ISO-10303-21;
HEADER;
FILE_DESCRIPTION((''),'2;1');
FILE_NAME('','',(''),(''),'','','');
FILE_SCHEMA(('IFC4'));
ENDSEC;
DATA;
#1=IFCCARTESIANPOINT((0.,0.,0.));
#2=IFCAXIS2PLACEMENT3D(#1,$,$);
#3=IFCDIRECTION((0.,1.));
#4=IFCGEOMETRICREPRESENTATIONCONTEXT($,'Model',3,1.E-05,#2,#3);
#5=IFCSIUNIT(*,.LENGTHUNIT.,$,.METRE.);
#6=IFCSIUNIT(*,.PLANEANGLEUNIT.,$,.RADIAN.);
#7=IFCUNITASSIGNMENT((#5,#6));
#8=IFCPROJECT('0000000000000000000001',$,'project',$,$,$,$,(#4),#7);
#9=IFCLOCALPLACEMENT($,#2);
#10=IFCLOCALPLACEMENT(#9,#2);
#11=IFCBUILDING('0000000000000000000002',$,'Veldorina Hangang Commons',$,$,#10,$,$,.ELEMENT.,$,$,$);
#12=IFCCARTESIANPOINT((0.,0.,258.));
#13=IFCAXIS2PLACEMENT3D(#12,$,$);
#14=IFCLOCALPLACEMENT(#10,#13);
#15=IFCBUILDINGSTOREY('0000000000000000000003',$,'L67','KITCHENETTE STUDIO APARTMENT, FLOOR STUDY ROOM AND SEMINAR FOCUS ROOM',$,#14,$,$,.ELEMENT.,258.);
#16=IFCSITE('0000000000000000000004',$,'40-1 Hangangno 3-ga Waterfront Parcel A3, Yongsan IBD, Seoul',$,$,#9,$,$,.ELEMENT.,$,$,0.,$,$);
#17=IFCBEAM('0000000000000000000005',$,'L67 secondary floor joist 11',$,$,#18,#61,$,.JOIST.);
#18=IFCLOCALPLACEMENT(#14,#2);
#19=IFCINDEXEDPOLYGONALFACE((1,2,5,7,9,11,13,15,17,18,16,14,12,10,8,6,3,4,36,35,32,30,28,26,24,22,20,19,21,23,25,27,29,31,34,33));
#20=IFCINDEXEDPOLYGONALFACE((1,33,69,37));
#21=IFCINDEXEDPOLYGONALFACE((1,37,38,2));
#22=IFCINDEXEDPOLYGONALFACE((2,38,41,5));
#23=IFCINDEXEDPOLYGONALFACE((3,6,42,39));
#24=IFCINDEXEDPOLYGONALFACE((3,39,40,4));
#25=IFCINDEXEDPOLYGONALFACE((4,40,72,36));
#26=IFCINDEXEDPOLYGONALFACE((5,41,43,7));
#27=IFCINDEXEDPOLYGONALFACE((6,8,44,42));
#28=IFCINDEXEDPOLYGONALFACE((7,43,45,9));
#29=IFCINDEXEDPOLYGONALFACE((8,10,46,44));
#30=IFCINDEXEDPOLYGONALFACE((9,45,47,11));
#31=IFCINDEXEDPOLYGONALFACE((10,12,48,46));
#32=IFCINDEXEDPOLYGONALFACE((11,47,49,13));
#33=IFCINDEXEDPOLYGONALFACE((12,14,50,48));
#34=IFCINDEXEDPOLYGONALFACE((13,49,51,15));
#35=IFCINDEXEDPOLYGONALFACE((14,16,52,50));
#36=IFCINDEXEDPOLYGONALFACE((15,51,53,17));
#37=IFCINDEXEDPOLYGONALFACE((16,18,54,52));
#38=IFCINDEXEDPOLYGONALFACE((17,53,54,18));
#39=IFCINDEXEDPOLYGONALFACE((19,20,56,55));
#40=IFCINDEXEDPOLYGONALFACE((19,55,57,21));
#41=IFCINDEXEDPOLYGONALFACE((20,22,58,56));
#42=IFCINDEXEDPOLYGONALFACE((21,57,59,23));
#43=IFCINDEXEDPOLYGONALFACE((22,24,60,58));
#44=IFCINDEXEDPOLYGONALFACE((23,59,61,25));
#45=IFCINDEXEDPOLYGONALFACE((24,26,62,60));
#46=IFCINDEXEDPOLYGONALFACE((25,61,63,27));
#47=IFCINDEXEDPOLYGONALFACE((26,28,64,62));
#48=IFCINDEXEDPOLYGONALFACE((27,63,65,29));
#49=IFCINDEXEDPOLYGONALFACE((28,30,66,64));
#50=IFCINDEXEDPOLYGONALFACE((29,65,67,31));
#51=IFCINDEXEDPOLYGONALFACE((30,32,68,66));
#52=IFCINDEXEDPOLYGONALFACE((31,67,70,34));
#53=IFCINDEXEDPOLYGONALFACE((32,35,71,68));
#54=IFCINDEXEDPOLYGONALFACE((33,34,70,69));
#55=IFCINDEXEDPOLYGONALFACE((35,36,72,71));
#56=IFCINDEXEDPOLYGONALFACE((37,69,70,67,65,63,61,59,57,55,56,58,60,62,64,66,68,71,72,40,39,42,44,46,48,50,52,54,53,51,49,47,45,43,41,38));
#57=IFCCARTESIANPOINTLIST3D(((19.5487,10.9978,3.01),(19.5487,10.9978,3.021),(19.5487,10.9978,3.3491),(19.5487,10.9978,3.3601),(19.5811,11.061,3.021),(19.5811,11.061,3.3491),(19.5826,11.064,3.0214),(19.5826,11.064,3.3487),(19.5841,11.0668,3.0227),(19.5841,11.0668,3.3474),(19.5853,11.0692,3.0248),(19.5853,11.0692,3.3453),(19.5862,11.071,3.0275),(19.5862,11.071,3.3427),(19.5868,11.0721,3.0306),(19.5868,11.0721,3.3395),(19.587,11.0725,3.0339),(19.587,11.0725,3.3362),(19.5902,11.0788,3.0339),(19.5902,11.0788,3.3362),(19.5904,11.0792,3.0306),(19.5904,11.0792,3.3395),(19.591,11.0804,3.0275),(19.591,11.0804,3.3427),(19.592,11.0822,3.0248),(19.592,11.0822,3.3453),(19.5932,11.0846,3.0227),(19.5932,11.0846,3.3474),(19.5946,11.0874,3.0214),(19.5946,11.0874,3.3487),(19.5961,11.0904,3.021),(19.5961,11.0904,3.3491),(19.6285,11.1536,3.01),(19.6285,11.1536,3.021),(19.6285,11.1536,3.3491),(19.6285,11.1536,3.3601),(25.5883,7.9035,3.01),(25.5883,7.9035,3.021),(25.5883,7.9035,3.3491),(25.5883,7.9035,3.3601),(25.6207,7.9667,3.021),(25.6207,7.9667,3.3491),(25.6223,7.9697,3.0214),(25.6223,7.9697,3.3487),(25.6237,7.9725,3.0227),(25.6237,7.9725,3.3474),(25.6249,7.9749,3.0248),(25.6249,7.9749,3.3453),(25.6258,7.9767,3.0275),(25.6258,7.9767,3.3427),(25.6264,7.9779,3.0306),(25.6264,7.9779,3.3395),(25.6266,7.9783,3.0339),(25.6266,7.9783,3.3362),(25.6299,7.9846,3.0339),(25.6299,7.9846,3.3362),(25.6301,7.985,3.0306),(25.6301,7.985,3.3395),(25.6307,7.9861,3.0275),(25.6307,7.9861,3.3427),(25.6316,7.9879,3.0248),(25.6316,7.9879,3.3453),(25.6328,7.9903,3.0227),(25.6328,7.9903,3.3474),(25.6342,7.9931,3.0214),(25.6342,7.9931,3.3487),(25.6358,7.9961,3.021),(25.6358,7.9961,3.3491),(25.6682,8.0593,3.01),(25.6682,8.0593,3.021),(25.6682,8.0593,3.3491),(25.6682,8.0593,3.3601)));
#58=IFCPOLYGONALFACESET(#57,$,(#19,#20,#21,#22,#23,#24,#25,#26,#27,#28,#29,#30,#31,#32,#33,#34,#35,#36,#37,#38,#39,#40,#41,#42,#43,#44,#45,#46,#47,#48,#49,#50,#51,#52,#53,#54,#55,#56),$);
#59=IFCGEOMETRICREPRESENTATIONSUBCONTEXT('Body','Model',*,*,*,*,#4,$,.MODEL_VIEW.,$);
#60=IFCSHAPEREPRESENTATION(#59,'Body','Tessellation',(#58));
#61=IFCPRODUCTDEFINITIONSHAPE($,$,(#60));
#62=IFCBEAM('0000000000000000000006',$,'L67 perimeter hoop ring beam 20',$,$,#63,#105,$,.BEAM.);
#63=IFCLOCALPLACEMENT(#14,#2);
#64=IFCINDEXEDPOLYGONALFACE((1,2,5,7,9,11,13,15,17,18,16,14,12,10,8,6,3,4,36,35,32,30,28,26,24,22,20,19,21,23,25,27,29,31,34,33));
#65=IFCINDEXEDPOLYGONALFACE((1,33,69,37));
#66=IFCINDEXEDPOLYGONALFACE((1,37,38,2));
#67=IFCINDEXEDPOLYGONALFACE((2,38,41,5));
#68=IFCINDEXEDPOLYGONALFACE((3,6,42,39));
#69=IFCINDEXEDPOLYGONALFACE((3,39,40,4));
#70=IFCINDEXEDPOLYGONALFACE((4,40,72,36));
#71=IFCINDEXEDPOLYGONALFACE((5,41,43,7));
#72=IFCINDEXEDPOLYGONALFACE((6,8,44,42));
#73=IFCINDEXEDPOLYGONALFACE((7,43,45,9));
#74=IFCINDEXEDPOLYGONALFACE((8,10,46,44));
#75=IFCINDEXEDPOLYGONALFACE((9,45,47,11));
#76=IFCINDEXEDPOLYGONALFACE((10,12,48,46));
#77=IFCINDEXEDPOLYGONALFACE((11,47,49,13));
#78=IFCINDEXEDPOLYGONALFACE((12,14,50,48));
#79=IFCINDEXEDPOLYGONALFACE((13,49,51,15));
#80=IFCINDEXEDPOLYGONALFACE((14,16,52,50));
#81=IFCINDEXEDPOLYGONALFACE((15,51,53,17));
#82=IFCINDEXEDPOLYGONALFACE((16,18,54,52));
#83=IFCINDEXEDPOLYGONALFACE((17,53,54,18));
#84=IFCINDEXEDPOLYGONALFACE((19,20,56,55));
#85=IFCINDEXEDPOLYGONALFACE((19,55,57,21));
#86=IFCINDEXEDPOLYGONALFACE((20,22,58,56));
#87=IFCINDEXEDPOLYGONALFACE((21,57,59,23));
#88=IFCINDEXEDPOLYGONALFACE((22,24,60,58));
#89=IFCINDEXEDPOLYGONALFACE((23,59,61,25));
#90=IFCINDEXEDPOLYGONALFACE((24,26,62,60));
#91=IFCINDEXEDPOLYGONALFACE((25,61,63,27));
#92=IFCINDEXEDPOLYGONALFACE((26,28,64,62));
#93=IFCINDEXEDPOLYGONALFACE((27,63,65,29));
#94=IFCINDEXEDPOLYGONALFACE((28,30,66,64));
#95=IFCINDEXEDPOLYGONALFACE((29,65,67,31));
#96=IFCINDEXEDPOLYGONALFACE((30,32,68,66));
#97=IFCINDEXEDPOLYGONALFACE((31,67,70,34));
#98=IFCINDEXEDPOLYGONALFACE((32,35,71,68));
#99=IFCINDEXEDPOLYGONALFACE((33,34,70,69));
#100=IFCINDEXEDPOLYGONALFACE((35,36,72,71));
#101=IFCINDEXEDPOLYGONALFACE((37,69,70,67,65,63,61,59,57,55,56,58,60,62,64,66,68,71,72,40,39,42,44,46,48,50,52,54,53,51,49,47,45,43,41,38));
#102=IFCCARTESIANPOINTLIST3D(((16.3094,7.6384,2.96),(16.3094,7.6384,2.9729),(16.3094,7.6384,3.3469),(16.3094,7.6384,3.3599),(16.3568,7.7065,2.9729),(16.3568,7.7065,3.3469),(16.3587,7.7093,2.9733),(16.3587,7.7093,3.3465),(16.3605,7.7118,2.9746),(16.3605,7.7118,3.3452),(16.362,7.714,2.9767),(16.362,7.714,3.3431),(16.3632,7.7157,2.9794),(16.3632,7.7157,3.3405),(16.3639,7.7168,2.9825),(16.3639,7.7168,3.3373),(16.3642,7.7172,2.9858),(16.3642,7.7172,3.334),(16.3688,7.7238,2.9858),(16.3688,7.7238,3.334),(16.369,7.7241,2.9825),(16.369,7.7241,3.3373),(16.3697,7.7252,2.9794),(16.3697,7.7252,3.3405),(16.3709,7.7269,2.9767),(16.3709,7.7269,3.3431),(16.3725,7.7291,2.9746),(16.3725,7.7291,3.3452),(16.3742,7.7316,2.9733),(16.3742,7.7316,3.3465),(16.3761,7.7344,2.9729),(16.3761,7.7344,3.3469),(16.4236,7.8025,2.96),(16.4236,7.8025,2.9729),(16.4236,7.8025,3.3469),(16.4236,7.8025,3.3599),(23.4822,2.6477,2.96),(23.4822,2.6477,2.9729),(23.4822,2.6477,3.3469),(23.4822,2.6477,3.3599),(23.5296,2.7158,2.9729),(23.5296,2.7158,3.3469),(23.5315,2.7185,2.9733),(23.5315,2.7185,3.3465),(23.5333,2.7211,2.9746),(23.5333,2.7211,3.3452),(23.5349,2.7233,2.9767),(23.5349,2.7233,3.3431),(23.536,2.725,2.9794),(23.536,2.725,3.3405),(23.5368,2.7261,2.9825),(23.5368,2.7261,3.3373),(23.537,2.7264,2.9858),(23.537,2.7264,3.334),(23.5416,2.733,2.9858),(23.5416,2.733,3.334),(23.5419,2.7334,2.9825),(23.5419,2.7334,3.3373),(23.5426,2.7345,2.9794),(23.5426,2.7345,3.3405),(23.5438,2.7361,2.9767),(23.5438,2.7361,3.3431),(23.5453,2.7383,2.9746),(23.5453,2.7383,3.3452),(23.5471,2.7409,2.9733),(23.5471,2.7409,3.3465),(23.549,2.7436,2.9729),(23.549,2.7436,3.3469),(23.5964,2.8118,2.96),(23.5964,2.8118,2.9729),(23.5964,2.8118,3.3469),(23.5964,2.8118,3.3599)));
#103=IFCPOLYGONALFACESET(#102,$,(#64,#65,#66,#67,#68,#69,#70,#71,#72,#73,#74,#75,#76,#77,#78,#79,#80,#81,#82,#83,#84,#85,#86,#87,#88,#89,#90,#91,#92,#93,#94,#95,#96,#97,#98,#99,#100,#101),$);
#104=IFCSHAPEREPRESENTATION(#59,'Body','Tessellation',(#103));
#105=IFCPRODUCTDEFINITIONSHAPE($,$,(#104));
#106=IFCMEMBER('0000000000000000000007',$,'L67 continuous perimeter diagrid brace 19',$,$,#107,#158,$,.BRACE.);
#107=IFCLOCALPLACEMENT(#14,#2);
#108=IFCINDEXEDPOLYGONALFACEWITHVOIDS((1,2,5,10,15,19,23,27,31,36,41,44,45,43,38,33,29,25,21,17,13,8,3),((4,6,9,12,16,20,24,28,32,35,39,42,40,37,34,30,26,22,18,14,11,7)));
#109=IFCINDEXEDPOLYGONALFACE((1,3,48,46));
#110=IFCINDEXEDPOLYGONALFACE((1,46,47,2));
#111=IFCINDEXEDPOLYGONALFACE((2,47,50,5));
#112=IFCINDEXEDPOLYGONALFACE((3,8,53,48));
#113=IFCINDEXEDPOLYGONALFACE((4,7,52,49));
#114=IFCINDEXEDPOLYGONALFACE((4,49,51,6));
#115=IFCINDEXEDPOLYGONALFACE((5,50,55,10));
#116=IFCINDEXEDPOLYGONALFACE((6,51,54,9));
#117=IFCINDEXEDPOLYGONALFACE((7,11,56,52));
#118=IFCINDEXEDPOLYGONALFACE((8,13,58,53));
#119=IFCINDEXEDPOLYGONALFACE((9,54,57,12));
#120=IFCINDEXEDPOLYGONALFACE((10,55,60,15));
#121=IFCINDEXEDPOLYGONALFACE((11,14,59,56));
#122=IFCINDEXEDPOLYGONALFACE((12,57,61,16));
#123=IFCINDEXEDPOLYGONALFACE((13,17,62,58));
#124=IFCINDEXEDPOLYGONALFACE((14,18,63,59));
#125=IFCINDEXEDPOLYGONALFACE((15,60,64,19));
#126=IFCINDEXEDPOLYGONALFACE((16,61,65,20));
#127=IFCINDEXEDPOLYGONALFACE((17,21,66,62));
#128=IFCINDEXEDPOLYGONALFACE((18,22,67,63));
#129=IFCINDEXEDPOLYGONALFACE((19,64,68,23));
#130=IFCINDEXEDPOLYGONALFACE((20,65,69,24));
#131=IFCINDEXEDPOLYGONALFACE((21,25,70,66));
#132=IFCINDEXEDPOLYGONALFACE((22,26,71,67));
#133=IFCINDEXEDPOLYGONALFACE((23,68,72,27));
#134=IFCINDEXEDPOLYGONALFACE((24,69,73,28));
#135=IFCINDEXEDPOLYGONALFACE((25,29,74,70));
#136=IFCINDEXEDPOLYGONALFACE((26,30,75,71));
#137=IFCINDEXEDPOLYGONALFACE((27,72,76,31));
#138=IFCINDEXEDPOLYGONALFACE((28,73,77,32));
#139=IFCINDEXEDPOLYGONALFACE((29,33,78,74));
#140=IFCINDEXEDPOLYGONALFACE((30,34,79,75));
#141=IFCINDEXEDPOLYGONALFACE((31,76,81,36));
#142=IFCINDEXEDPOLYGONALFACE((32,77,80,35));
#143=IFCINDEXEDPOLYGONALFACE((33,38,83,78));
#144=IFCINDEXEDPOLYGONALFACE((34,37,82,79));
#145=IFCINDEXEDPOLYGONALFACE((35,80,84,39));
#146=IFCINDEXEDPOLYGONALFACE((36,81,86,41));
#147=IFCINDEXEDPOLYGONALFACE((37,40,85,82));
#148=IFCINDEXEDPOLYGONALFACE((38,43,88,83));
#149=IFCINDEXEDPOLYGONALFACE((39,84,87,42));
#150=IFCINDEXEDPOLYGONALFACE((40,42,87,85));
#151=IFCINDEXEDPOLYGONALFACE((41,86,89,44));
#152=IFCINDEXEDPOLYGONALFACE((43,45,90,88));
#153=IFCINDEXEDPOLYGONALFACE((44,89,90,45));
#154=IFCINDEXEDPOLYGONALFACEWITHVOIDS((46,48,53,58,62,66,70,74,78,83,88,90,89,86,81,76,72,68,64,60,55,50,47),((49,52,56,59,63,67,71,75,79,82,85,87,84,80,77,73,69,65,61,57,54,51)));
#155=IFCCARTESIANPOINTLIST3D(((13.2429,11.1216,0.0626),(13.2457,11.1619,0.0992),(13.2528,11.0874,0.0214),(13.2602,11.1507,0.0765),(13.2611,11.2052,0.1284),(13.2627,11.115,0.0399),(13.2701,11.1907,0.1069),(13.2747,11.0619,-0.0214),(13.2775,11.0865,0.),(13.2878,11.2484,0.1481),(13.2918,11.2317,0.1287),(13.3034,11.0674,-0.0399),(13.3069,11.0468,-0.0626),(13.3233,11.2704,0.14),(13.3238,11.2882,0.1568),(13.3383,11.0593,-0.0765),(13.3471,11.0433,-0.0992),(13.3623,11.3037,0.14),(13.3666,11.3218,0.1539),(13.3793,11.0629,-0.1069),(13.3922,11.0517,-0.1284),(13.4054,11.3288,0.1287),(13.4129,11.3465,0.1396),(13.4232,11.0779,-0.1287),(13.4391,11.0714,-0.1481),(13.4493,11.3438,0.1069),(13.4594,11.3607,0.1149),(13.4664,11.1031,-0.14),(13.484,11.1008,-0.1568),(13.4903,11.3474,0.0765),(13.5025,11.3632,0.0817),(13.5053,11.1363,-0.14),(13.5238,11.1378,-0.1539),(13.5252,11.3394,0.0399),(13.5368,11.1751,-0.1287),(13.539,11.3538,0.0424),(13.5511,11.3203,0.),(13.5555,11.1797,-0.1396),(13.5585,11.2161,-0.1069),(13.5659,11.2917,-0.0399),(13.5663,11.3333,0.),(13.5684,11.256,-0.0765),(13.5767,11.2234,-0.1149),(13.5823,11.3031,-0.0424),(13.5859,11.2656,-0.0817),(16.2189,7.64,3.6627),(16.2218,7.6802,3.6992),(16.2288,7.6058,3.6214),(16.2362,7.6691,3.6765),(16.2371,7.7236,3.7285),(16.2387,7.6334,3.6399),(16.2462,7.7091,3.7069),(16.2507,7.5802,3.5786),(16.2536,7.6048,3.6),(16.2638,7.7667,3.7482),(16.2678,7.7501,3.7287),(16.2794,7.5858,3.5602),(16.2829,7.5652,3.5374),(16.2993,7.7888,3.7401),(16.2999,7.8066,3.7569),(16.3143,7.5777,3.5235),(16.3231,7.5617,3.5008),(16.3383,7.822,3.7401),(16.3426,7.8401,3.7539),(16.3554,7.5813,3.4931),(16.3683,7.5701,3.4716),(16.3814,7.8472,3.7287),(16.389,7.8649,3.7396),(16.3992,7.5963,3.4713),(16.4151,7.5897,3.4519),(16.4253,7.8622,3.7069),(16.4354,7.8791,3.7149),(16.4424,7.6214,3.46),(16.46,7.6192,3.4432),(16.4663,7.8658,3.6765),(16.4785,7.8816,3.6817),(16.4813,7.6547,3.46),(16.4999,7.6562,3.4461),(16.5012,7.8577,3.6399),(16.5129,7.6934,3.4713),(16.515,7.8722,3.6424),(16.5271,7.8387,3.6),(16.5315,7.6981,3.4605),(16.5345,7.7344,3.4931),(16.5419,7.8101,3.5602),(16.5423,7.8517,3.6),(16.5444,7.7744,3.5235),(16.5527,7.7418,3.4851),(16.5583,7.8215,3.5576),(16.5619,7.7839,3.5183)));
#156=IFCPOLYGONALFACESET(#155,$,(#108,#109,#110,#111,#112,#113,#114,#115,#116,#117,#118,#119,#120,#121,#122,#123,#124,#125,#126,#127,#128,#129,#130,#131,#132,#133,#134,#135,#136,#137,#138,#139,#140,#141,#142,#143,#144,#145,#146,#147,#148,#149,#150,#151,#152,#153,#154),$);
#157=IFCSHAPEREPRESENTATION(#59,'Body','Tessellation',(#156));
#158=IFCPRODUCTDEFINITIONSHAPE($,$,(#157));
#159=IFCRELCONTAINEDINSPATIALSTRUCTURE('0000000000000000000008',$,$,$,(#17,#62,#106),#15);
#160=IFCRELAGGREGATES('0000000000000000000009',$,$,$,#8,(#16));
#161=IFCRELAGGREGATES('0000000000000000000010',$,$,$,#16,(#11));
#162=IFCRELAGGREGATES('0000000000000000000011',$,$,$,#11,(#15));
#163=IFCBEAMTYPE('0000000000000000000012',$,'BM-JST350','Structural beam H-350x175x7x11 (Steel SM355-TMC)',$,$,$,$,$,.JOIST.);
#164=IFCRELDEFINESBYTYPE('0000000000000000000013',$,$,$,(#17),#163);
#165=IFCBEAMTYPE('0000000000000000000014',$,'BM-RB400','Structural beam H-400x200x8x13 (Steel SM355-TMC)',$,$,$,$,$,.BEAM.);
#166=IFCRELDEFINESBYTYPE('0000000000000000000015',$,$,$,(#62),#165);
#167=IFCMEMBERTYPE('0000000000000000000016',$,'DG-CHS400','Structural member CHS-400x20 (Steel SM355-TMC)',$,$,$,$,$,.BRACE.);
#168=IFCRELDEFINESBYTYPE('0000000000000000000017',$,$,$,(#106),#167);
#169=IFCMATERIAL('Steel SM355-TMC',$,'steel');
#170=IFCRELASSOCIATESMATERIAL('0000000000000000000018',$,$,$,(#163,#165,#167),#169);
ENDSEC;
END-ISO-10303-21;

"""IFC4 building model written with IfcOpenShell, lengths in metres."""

from ifc_helpers import new_model, si_unit, direction, frame, origin, origin_2d, place, context, subcontext, project, spatial, hollow_circle, i_section, extrude, material, material_profile, profile_set, type_object, element, save


model = new_model("IFC4")

# Units and contexts
model_context = context("Model", 3, precision=1e-05, world=origin(), true_north=direction((0.0, 1.0)))
body_context = subcontext(model_context, "Body", "Model", "MODEL_VIEW")
ifc_project = project(units=[si_unit("LENGTHUNIT", "METRE"), si_unit("PLANEANGLEUNIT", "RADIAN")], contexts=[model_context])

# Site, building, storey
site_placement = place(None, origin())
site = spatial("IfcSite", under=ifc_project, at=site_placement, Name="40-1 Hangangno 3-ga Waterfront Parcel A3, Yongsan IBD, Seoul", CompositionType="ELEMENT", RefElevation=0.0)
building_placement = place(site_placement, origin())
building = spatial("IfcBuilding", under=site, at=building_placement, Name="Veldorina Hangang Commons", CompositionType="ELEMENT")
storey_placement = place(building_placement, frame((0.0, 0.0, 258.0)))
storey = spatial("IfcBuildingStorey", under=building, at=storey_placement, Name="L67", Description="KITCHENETTE STUDIO APARTMENT, FLOOR STUDY ROOM AND SEMINAR FOCUS ROOM", CompositionType="ELEMENT", Elevation=258.0)

# Beams
ifc_material_1 = material(Name="Steel SM355-TMC", Category="steel")
ifc_material_profile_1 = material_profile(ifc_material_1, i_section(OverallWidth=0.175, OverallDepth=0.3501, WebThickness=0.0071, FlangeThickness=0.011, FilletRadius=0.0129, at=origin_2d()), Name="H-350x175x7x11")
ifc_profile_set_1 = profile_set([ifc_material_profile_1], Name="Steel SM355-TMC")
beam_type_1 = type_object("IfcBeamType", Name="BM-JST350", Description="Structural beam H-350x175x7x11 (Steel SM355-TMC)", PredefinedType="JOIST", material=ifc_profile_set_1)
beam_1_placement = place(storey_placement, frame((19.5886, 11.0757, 3.1851), z_axis=(0.889995, -0.45597, 0.0), x_axis=(0.45597, 0.889995, 0.0)))
element("IfcBeam", 1, at=beam_1_placement, inside=storey, type_object=beam_type_1, Name="L67 secondary floor joist 11", PredefinedType="JOIST", context=body_context, shape_type="SweptSolid", body=[
    extrude(i_section(OverallWidth=0.175, OverallDepth=0.3501, WebThickness=0.0071, FlangeThickness=0.011, FilletRadius=0.0129, at=origin_2d()), origin(), (0.0, 0.0, 1.0), 6.7861),
])
ifc_material_profile_2 = material_profile(ifc_material_1, i_section(OverallWidth=0.2, OverallDepth=0.3999, WebThickness=0.0081, FlangeThickness=0.0129, FilletRadius=0.0129, at=origin_2d()), Name="H-400x200x8x13")
ifc_profile_set_2 = profile_set([ifc_material_profile_2], Name="Steel SM355-TMC")
beam_type_2 = type_object("IfcBeamType", Name="BM-RB400", Description="Structural beam H-400x200x8x13 (Steel SM355-TMC)", PredefinedType="BEAM", material=ifc_profile_set_2)
beam_2_placement = place(storey_placement, frame((16.3665, 7.7205, 3.1599), z_axis=(0.820856, -0.571135, 0.0), x_axis=(0.571135, 0.820856, 0.0)))
element("IfcBeam", 2, at=beam_2_placement, inside=storey, type_object=beam_type_2, Name="L67 perimeter hoop ring beam 20", PredefinedType="BEAM", context=body_context, shape_type="SweptSolid", body=[
    extrude(i_section(OverallWidth=0.2, OverallDepth=0.3999, WebThickness=0.0081, FlangeThickness=0.0129, FilletRadius=0.0129, at=origin_2d()), origin(), (0.0, 0.0, 1.0), 8.7383),
])

# Member
ifc_material_profile_3 = material_profile(ifc_material_1, hollow_circle(Radius=0.2, WallThickness=0.02, at=origin_2d()), Name="CHS-400x20")
ifc_profile_set_3 = profile_set([ifc_material_profile_3], Name="Steel SM355-TMC")
member_type_1 = type_object("IfcMemberType", Name="DG-CHS400", Description="Structural member CHS-400x20 (Steel SM355-TMC)", PredefinedType="BRACE", material=ifc_profile_set_3)
member_1_placement = place(storey_placement, frame((13.4143, 11.2034, 0.0), z_axis=(0.510844, -0.597633, 0.617958), x_axis=(0.760144, 0.649755, 0.0)))
element("IfcMember", 3, at=member_1_placement, inside=storey, type_object=member_type_1, Name="L67 continuous perimeter diagrid brace 19", PredefinedType="BRACE", context=body_context, shape_type="SweptSolid", body=[
    extrude(hollow_circle(Radius=0.2, WallThickness=0.02, at=origin_2d()), origin(), (0.0, 0.0, 1.0), 5.8257),
])

save(model, "model.ifc")
